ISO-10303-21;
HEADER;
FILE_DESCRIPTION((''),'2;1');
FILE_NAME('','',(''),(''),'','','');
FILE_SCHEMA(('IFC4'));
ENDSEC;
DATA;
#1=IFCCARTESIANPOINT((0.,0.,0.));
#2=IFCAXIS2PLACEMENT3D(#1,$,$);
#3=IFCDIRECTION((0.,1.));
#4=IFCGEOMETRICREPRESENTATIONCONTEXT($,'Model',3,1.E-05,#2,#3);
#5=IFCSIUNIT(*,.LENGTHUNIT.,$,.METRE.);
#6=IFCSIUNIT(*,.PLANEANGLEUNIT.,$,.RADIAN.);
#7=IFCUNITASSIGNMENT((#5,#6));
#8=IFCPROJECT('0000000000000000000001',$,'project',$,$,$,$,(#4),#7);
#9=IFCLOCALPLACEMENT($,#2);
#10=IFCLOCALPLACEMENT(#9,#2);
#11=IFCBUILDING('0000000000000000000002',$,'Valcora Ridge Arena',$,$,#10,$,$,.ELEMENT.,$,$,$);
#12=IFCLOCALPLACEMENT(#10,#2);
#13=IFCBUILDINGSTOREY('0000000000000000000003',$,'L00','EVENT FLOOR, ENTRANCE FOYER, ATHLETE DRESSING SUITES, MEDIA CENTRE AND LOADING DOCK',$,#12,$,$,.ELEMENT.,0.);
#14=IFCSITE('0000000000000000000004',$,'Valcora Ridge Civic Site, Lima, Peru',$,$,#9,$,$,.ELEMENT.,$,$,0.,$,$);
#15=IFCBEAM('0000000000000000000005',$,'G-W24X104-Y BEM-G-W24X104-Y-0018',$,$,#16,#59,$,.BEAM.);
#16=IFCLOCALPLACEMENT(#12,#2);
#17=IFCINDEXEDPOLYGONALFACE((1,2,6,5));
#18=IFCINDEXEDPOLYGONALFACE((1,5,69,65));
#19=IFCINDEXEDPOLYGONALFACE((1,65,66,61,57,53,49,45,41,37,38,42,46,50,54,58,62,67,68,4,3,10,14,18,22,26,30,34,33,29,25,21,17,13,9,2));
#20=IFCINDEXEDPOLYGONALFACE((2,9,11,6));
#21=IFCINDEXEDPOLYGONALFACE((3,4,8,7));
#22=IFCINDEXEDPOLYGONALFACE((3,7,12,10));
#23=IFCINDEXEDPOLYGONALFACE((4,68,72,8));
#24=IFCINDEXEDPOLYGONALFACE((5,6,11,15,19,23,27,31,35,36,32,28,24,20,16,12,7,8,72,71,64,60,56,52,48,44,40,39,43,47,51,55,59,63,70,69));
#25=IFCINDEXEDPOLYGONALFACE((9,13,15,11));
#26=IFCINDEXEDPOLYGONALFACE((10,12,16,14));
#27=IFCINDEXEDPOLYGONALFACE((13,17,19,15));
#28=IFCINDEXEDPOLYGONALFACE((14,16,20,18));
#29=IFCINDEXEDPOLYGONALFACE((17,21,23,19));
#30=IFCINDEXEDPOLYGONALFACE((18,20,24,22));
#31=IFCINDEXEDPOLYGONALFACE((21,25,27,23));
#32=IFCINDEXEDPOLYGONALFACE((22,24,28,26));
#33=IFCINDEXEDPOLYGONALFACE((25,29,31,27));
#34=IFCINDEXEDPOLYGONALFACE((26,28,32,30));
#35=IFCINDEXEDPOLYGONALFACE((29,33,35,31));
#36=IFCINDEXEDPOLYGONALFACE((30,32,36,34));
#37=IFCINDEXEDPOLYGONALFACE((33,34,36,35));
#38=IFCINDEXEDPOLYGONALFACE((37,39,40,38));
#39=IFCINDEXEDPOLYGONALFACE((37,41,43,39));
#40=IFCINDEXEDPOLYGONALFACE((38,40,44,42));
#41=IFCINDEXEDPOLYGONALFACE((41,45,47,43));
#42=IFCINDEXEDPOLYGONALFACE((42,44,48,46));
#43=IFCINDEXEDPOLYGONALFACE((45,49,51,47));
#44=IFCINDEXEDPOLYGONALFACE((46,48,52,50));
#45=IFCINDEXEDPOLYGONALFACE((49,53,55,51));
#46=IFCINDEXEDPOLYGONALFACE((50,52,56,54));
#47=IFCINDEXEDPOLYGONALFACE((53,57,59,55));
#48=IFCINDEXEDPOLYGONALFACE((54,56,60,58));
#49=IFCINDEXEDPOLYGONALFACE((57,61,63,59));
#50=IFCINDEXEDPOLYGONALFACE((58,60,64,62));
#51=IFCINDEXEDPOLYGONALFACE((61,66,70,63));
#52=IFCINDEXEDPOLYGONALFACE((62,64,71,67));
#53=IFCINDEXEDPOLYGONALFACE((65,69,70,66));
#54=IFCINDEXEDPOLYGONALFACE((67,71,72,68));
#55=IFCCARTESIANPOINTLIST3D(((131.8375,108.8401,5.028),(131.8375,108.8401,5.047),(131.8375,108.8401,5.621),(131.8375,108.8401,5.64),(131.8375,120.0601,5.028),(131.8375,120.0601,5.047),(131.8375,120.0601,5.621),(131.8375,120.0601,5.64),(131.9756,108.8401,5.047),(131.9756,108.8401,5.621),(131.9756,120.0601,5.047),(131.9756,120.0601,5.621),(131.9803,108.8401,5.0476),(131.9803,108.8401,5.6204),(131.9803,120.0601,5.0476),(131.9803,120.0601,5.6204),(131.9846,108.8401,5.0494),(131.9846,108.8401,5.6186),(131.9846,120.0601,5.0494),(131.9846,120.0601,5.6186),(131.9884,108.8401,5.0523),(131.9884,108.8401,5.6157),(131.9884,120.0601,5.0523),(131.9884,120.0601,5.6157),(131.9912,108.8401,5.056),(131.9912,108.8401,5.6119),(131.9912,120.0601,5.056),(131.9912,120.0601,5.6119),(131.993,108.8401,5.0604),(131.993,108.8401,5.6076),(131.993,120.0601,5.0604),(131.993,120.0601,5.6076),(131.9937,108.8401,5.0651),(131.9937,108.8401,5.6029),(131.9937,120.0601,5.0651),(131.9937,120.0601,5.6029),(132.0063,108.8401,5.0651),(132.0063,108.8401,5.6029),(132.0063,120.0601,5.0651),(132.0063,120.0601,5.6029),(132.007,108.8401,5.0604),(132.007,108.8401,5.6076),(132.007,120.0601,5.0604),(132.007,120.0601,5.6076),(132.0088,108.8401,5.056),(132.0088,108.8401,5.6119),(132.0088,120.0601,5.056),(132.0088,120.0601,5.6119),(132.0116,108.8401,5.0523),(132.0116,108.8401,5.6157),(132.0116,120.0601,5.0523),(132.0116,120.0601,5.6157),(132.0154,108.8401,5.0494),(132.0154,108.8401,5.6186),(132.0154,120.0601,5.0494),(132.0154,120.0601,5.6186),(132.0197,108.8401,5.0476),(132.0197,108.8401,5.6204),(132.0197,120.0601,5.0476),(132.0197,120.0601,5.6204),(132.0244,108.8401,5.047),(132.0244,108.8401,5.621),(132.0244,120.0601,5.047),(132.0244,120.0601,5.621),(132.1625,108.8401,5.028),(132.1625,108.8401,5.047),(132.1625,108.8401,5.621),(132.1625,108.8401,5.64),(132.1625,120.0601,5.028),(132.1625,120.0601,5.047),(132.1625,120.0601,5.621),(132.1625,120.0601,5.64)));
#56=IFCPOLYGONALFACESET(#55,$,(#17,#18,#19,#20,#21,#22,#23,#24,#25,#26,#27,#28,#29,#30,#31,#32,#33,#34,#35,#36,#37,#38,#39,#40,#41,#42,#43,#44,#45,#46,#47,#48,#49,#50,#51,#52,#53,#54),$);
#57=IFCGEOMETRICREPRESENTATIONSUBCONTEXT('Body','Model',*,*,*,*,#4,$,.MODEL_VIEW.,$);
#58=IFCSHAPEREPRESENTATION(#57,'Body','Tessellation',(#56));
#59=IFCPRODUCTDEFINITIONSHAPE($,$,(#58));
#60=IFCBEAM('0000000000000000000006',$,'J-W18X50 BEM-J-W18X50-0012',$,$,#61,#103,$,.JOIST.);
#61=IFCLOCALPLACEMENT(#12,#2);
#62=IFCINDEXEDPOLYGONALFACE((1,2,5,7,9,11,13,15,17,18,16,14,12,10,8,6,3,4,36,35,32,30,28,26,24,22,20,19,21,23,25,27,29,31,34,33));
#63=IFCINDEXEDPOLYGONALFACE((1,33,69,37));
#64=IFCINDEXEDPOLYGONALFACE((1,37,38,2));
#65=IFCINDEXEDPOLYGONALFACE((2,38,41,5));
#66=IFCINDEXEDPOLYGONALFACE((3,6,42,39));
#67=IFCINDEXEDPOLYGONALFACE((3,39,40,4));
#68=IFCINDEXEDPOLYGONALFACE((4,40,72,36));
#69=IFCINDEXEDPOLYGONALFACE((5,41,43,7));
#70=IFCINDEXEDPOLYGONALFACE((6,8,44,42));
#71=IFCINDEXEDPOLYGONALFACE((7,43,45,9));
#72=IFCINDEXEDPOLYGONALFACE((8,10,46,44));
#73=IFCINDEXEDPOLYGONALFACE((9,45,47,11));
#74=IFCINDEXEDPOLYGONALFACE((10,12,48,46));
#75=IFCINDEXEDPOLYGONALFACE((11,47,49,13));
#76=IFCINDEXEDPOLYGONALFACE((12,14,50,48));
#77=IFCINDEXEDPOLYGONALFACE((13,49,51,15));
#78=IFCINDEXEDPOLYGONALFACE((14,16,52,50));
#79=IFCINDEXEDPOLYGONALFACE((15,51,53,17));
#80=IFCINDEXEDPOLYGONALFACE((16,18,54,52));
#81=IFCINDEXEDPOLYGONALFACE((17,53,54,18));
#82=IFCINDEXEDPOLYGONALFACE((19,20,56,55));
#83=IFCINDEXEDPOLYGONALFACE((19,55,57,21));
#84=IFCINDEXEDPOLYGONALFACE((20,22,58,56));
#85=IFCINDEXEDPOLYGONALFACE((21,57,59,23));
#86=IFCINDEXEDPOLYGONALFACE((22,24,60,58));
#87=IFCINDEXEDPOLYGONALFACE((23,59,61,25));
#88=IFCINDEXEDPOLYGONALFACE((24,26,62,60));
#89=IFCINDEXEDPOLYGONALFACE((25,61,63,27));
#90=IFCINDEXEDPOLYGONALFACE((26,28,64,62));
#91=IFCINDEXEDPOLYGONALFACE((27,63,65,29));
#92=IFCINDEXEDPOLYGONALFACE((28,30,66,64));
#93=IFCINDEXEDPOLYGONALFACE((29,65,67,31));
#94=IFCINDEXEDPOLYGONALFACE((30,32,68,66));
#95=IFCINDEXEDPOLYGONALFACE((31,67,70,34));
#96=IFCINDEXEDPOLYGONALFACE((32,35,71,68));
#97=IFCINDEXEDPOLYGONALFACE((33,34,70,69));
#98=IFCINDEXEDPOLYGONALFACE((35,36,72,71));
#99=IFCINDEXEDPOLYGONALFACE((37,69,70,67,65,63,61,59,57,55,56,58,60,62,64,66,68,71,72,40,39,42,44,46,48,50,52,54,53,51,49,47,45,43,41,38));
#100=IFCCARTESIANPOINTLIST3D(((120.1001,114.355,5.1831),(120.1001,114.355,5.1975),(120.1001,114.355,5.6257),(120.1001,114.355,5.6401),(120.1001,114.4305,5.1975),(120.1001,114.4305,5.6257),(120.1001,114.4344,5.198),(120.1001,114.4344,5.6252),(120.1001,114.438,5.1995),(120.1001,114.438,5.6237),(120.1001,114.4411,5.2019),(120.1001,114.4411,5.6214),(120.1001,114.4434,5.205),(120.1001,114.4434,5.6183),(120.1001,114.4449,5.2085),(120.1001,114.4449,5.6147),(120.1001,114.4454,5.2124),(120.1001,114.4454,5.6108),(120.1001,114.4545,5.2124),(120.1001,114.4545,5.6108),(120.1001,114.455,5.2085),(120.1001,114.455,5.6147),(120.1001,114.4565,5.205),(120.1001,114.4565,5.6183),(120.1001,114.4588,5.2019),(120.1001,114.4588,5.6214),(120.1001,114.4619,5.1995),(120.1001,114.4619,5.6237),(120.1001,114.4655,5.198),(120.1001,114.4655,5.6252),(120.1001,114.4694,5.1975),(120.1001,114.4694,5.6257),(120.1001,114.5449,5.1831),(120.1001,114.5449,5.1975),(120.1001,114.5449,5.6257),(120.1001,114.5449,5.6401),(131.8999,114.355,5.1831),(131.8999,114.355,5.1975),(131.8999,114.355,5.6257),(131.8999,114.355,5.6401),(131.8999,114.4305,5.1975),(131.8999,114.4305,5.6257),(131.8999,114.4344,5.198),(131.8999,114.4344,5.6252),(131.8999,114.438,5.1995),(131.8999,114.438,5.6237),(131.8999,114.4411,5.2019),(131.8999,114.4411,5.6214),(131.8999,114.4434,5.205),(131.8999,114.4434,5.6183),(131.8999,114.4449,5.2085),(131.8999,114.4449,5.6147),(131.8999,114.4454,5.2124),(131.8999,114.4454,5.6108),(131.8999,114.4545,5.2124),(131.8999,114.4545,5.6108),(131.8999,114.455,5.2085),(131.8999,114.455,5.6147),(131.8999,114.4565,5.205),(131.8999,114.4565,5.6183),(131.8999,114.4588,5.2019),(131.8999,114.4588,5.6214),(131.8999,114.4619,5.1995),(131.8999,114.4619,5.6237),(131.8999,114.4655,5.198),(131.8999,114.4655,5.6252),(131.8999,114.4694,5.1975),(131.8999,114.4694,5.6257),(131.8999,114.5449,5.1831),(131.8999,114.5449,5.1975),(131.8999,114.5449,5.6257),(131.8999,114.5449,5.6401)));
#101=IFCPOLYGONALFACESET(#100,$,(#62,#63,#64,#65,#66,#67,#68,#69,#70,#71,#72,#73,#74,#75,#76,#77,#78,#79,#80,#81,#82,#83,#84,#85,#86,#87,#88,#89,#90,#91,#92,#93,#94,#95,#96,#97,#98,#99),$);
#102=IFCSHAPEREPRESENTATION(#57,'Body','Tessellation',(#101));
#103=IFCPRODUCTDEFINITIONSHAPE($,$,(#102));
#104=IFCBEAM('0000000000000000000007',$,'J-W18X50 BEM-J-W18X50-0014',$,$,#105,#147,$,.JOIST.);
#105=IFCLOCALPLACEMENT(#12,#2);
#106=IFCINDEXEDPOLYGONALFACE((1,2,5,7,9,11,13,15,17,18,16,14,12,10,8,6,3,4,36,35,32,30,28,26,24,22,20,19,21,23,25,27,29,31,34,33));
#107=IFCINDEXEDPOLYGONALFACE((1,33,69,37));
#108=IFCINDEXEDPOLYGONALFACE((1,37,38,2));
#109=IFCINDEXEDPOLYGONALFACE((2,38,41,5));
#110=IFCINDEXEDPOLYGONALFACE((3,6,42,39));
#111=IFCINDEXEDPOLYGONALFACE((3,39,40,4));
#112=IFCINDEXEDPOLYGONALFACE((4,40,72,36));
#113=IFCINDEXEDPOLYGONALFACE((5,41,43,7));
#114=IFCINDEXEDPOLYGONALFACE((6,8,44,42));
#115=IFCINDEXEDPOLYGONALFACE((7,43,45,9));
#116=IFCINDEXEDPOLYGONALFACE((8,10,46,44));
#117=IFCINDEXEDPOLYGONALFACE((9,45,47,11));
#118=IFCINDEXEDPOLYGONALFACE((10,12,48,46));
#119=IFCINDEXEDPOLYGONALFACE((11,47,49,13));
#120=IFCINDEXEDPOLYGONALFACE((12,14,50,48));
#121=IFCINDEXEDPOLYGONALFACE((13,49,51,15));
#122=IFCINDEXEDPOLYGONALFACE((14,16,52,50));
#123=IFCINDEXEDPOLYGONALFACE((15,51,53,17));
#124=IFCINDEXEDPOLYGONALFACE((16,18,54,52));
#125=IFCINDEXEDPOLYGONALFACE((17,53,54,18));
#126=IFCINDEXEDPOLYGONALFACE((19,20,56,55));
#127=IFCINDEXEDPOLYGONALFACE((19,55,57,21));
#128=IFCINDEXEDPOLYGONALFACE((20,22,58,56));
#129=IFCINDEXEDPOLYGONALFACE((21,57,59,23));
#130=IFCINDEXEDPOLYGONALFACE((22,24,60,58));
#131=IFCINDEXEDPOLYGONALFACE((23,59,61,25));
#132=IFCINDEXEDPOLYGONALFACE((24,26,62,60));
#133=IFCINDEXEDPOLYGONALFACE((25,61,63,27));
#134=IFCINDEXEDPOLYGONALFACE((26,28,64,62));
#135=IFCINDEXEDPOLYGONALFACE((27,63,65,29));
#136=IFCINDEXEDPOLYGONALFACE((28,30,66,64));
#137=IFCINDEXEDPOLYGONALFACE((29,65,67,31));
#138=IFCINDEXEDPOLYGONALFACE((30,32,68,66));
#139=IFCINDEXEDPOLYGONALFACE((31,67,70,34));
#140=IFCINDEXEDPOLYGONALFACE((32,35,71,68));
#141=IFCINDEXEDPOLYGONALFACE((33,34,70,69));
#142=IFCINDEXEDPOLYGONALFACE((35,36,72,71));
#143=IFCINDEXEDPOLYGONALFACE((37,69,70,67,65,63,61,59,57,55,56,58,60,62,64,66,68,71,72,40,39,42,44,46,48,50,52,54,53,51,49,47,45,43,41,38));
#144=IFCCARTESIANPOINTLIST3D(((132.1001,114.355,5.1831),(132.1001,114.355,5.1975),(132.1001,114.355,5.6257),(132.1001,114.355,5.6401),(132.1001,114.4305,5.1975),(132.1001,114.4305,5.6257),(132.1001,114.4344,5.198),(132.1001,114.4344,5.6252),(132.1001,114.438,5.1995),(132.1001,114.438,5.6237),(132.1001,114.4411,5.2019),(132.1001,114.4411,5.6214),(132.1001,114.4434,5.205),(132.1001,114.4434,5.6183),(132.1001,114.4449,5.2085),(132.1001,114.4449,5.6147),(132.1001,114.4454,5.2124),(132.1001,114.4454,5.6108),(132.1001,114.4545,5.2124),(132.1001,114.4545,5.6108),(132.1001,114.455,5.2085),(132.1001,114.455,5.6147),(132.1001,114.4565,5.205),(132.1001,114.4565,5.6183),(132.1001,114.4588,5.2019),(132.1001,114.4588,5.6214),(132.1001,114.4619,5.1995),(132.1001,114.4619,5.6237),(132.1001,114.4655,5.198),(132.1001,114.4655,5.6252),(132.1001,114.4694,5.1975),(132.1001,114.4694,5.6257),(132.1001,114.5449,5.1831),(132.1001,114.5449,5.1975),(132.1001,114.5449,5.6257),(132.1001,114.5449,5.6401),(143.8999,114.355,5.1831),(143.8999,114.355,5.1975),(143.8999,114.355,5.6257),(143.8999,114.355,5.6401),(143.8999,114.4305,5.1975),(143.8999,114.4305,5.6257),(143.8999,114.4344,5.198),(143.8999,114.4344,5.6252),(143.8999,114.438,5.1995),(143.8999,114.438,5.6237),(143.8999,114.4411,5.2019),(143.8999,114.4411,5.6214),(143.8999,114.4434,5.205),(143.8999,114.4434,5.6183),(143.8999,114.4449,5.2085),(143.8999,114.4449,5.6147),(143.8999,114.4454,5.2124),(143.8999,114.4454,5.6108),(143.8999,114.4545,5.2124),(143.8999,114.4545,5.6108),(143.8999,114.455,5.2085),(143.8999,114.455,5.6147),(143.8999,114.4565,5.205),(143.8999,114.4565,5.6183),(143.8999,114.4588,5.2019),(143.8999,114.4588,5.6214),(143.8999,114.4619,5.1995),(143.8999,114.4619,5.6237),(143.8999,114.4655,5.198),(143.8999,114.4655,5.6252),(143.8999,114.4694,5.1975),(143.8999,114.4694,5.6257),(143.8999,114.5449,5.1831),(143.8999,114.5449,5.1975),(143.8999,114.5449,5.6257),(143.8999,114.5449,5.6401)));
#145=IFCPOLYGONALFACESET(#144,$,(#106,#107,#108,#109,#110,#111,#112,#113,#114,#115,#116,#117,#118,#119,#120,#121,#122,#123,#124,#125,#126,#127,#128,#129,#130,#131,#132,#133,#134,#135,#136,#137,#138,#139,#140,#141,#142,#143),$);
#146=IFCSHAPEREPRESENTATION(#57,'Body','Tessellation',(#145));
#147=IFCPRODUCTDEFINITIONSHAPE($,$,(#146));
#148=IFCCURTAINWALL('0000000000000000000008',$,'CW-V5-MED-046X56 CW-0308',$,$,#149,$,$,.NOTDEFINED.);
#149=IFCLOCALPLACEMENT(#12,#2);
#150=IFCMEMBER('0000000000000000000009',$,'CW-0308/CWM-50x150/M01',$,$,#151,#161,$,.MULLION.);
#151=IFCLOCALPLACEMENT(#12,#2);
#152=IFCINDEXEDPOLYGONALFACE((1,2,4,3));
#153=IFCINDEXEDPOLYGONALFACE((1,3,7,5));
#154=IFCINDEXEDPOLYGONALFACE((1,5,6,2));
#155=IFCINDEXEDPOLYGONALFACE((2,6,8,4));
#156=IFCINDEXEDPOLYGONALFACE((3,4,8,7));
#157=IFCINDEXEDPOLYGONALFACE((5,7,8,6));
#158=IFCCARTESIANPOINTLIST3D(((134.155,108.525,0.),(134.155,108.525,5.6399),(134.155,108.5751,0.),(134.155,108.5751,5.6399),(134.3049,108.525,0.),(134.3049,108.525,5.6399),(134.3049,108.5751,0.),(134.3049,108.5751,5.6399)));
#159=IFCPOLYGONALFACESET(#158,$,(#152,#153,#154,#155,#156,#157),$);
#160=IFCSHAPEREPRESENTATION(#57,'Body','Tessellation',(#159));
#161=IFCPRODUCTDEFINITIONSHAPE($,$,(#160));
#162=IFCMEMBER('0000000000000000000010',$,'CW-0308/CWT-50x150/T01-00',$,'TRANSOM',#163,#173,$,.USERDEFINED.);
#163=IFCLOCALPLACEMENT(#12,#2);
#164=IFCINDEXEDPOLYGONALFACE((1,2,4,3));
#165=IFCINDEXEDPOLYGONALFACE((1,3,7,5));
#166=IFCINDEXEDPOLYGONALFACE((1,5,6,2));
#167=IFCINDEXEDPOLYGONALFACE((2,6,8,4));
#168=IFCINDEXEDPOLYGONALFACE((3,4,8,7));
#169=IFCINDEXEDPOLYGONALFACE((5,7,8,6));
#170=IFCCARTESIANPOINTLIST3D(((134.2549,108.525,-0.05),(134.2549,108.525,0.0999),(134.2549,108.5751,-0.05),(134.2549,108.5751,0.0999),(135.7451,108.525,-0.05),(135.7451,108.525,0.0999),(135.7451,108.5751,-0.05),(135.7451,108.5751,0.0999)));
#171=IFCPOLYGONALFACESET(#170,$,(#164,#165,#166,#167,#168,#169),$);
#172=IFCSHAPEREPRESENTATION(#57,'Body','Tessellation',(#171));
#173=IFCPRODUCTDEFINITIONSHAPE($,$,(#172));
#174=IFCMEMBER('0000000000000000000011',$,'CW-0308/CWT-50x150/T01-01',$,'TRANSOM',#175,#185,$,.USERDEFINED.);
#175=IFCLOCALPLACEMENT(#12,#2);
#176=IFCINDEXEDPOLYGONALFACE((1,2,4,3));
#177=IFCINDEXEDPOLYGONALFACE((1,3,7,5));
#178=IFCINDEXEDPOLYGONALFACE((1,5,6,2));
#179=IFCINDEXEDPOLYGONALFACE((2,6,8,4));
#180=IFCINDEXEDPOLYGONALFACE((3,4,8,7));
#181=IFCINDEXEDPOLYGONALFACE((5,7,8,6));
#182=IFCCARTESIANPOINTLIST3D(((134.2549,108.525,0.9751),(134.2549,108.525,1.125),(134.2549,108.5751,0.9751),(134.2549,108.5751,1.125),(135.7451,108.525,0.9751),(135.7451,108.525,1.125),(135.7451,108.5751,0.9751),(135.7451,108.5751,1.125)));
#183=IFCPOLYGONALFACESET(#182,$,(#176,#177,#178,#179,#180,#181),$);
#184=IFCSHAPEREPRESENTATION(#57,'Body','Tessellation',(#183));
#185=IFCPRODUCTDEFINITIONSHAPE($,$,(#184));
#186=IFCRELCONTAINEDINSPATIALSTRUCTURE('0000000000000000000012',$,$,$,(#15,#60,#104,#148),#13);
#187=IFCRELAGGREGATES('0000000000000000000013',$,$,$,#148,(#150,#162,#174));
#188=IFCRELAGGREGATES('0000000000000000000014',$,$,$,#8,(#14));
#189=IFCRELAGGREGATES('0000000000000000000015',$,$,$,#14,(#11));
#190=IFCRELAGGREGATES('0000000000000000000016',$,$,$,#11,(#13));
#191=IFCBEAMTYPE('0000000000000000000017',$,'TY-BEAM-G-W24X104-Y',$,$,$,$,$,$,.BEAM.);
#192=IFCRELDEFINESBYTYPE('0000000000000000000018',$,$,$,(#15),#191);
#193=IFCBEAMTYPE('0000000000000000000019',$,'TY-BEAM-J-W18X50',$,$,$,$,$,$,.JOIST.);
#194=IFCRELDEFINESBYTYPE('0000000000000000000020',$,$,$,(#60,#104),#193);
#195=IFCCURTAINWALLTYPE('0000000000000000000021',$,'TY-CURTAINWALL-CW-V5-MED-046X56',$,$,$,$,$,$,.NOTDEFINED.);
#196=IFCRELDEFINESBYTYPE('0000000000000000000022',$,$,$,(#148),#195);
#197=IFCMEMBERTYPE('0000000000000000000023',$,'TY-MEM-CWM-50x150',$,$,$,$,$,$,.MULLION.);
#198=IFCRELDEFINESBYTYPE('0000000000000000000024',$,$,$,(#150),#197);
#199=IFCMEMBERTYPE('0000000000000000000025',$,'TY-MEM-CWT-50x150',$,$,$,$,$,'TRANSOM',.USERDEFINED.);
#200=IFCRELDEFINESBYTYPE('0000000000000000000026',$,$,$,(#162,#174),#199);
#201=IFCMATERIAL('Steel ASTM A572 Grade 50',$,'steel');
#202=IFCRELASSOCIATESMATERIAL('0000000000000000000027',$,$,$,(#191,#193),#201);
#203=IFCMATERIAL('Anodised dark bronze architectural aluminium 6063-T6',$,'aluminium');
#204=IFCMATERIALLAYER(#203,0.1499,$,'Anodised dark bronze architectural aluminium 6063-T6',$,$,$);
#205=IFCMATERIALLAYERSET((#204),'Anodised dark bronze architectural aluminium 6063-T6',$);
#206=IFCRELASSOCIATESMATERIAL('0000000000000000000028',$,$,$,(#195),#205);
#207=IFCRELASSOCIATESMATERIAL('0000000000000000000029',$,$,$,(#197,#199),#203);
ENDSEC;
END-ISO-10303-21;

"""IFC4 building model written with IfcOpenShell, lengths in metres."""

from ifc_helpers import new_model, si_unit, direction, frame, origin, origin_2d, place, context, subcontext, project, spatial, rectangle, i_section, extrude, material, layer, layer_set, material_profile, profile_set, type_object, element, aggregate, save


model = new_model("IFC4")

# Units and contexts
model_context = context("Model", 3, precision=1e-05, world=origin(), true_north=direction((0.0, 1.0)))
body_context = subcontext(model_context, "Body", "Model", "MODEL_VIEW")
ifc_project = project(units=[si_unit("LENGTHUNIT", "METRE"), si_unit("PLANEANGLEUNIT", "RADIAN")], contexts=[model_context])

# Site, building, storey
site_placement = place(None, origin())
site = spatial("IfcSite", under=ifc_project, at=site_placement, Name="Valcora Ridge Civic Site, Lima, Peru", CompositionType="ELEMENT", RefElevation=0.0)
building_placement = place(site_placement, origin())
building = spatial("IfcBuilding", under=site, at=building_placement, Name="Valcora Ridge Arena", CompositionType="ELEMENT")
storey_placement = place(building_placement, origin())
storey = spatial("IfcBuildingStorey", under=building, at=storey_placement, Name="L00", Description="EVENT FLOOR, ENTRANCE FOYER, ATHLETE DRESSING SUITES, MEDIA CENTRE AND LOADING DOCK", CompositionType="ELEMENT", Elevation=0.0)

# Beams
ifc_material_1 = material(Name="Steel ASTM A572 Grade 50", Category="steel")
ifc_material_profile_1 = material_profile(ifc_material_1, i_section(OverallWidth=0.325, OverallDepth=0.6121, WebThickness=0.0127, FlangeThickness=0.019, FilletRadius=0.0181, at=origin_2d()), Name="W24X104")
ifc_profile_set_1 = profile_set([ifc_material_profile_1], Name="Steel ASTM A572 Grade 50")
beam_type_1 = type_object("IfcBeamType", Name="TY-BEAM-G-W24X104-Y", PredefinedType="BEAM", material=ifc_profile_set_1)
for number, where, z_axis, x_axis, name in (
    (1, (132.0, 108.8401, 5.334), (0.0, 1.0, 0.0), (-1.0, 0.0, 0.0), "G-W24X104-Y BEM-G-W24X104-Y-0018"),
):
    element("IfcBeam", number, at=place(storey_placement, frame(where, z_axis=z_axis, x_axis=x_axis)), inside=storey, type_object=beam_type_1, Name=name, PredefinedType="BEAM", context=body_context, shape_type="SweptSolid", body=[
        extrude(i_section(OverallWidth=0.325, OverallDepth=0.6121, WebThickness=0.0127, FlangeThickness=0.019, FilletRadius=0.0181, at=origin_2d()), origin(), (0.0, 0.0, 1.0), 11.22),
    ])
ifc_material_profile_2 = material_profile(ifc_material_1, i_section(OverallWidth=0.1899, OverallDepth=0.457, WebThickness=0.009, FlangeThickness=0.0144, FilletRadius=0.0149, at=origin_2d()), Name="W18X50")
ifc_profile_set_2 = profile_set([ifc_material_profile_2], Name="Steel ASTM A572 Grade 50")
beam_type_2 = type_object("IfcBeamType", Name="TY-BEAM-J-W18X50", PredefinedType="JOIST", material=ifc_profile_set_2)
for number, where, z_axis, x_axis, name in (
    (2, (120.1001, 114.45, 5.4116), (1.0, 0.0, 0.0), (0.0, 1.0, 0.0), "J-W18X50 BEM-J-W18X50-0012"),
    (3, (132.1001, 114.45, 5.4116), (1.0, 0.0, 0.0), (0.0, 1.0, 0.0), "J-W18X50 BEM-J-W18X50-0014"),
):
    element("IfcBeam", number, at=place(storey_placement, frame(where, z_axis=z_axis, x_axis=x_axis)), inside=storey, type_object=beam_type_2, Name=name, PredefinedType="JOIST", context=body_context, shape_type="SweptSolid", body=[
        extrude(i_section(OverallWidth=0.1899, OverallDepth=0.457, WebThickness=0.009, FlangeThickness=0.0144, FilletRadius=0.0149, at=origin_2d()), origin(), (0.0, 0.0, 1.0), 11.7998),
    ])

# Curtain wall, members
ifc_material_2 = material(Name="Anodised dark bronze architectural aluminium 6063-T6", Category="aluminium")
ifc_layer_1 = layer(ifc_material_2, 0.1499, Name="Anodised dark bronze architectural aluminium 6063-T6")
ifc_layer_set_1 = layer_set([ifc_layer_1], Name="Anodised dark bronze architectural aluminium 6063-T6")
curtain_wall_type = type_object("IfcCurtainWallType", Name="TY-CURTAINWALL-CW-V5-MED-046X56", PredefinedType="NOTDEFINED", material=ifc_layer_set_1)
curtain_wall_placement = place(storey_placement, origin())
curtain_wall = element("IfcCurtainWall", 4, at=curtain_wall_placement, inside=storey, type_object=curtain_wall_type, Name="CW-V5-MED-046X56 CW-0308", PredefinedType="NOTDEFINED")
ifc_material_profile_3 = material_profile(ifc_material_2, rectangle(XDim=0.05, YDim=0.1499, at=origin_2d()), Name="ALU MULLION 50x150")
ifc_profile_set_3 = profile_set([ifc_material_profile_3], Name="Anodised dark bronze architectural aluminium 6063-T6")
member_type_1 = type_object("IfcMemberType", Name="TY-MEM-CWM-50x150", PredefinedType="MULLION", material=ifc_profile_set_3)
member_1_placement = place(storey_placement, frame((134.23, 108.55, 0.0), z_axis=(0.0, 0.0, 1.0), x_axis=(0.0, 1.0, 0.0)))
member_1 = element("IfcMember", 5, at=member_1_placement, type_object=member_type_1, Name="CW-0308/CWM-50x150/M01", PredefinedType="MULLION", context=body_context, shape_type="SweptSolid", body=[
    extrude(rectangle(XDim=0.05, YDim=0.1499, at=origin_2d()), origin(), (0.0, 0.0, 1.0), 5.6399),
])
ifc_material_profile_4 = material_profile(ifc_material_2, rectangle(XDim=0.05, YDim=0.1499, at=origin_2d()), Name="ALU TRANSOM 50x150")
ifc_profile_set_4 = profile_set([ifc_material_profile_4], Name="Anodised dark bronze architectural aluminium 6063-T6")
member_type_2 = type_object("IfcMemberType", Name="TY-MEM-CWT-50x150", ElementType="TRANSOM", PredefinedType="USERDEFINED", material=ifc_profile_set_4)
member_2_placement = place(storey_placement, frame((134.2549, 108.55, 0.0249), z_axis=(1.0, 0.0, 0.0), x_axis=(0.0, 1.0, 0.0)))
member_2 = element("IfcMember", 6, at=member_2_placement, type_object=member_type_2, Name="CW-0308/CWT-50x150/T01-00", ObjectType="TRANSOM", PredefinedType="USERDEFINED", context=body_context, shape_type="SweptSolid", body=[
    extrude(rectangle(XDim=0.05, YDim=0.1499, at=origin_2d()), origin(), (0.0, 0.0, 1.0), 1.4902),
])
member_3_placement = place(storey_placement, frame((134.2549, 108.55, 1.05), z_axis=(1.0, 0.0, 0.0), x_axis=(0.0, 1.0, 0.0)))
member_3 = element("IfcMember", 7, at=member_3_placement, type_object=member_type_2, Name="CW-0308/CWT-50x150/T01-01", ObjectType="TRANSOM", PredefinedType="USERDEFINED", context=body_context, shape_type="SweptSolid", body=[
    extrude(rectangle(XDim=0.05, YDim=0.1499, at=origin_2d()), origin(), (0.0, 0.0, 1.0), 1.4902),
])
aggregate(curtain_wall, [member_1, member_2, member_3])

save(model, "model.ifc")
